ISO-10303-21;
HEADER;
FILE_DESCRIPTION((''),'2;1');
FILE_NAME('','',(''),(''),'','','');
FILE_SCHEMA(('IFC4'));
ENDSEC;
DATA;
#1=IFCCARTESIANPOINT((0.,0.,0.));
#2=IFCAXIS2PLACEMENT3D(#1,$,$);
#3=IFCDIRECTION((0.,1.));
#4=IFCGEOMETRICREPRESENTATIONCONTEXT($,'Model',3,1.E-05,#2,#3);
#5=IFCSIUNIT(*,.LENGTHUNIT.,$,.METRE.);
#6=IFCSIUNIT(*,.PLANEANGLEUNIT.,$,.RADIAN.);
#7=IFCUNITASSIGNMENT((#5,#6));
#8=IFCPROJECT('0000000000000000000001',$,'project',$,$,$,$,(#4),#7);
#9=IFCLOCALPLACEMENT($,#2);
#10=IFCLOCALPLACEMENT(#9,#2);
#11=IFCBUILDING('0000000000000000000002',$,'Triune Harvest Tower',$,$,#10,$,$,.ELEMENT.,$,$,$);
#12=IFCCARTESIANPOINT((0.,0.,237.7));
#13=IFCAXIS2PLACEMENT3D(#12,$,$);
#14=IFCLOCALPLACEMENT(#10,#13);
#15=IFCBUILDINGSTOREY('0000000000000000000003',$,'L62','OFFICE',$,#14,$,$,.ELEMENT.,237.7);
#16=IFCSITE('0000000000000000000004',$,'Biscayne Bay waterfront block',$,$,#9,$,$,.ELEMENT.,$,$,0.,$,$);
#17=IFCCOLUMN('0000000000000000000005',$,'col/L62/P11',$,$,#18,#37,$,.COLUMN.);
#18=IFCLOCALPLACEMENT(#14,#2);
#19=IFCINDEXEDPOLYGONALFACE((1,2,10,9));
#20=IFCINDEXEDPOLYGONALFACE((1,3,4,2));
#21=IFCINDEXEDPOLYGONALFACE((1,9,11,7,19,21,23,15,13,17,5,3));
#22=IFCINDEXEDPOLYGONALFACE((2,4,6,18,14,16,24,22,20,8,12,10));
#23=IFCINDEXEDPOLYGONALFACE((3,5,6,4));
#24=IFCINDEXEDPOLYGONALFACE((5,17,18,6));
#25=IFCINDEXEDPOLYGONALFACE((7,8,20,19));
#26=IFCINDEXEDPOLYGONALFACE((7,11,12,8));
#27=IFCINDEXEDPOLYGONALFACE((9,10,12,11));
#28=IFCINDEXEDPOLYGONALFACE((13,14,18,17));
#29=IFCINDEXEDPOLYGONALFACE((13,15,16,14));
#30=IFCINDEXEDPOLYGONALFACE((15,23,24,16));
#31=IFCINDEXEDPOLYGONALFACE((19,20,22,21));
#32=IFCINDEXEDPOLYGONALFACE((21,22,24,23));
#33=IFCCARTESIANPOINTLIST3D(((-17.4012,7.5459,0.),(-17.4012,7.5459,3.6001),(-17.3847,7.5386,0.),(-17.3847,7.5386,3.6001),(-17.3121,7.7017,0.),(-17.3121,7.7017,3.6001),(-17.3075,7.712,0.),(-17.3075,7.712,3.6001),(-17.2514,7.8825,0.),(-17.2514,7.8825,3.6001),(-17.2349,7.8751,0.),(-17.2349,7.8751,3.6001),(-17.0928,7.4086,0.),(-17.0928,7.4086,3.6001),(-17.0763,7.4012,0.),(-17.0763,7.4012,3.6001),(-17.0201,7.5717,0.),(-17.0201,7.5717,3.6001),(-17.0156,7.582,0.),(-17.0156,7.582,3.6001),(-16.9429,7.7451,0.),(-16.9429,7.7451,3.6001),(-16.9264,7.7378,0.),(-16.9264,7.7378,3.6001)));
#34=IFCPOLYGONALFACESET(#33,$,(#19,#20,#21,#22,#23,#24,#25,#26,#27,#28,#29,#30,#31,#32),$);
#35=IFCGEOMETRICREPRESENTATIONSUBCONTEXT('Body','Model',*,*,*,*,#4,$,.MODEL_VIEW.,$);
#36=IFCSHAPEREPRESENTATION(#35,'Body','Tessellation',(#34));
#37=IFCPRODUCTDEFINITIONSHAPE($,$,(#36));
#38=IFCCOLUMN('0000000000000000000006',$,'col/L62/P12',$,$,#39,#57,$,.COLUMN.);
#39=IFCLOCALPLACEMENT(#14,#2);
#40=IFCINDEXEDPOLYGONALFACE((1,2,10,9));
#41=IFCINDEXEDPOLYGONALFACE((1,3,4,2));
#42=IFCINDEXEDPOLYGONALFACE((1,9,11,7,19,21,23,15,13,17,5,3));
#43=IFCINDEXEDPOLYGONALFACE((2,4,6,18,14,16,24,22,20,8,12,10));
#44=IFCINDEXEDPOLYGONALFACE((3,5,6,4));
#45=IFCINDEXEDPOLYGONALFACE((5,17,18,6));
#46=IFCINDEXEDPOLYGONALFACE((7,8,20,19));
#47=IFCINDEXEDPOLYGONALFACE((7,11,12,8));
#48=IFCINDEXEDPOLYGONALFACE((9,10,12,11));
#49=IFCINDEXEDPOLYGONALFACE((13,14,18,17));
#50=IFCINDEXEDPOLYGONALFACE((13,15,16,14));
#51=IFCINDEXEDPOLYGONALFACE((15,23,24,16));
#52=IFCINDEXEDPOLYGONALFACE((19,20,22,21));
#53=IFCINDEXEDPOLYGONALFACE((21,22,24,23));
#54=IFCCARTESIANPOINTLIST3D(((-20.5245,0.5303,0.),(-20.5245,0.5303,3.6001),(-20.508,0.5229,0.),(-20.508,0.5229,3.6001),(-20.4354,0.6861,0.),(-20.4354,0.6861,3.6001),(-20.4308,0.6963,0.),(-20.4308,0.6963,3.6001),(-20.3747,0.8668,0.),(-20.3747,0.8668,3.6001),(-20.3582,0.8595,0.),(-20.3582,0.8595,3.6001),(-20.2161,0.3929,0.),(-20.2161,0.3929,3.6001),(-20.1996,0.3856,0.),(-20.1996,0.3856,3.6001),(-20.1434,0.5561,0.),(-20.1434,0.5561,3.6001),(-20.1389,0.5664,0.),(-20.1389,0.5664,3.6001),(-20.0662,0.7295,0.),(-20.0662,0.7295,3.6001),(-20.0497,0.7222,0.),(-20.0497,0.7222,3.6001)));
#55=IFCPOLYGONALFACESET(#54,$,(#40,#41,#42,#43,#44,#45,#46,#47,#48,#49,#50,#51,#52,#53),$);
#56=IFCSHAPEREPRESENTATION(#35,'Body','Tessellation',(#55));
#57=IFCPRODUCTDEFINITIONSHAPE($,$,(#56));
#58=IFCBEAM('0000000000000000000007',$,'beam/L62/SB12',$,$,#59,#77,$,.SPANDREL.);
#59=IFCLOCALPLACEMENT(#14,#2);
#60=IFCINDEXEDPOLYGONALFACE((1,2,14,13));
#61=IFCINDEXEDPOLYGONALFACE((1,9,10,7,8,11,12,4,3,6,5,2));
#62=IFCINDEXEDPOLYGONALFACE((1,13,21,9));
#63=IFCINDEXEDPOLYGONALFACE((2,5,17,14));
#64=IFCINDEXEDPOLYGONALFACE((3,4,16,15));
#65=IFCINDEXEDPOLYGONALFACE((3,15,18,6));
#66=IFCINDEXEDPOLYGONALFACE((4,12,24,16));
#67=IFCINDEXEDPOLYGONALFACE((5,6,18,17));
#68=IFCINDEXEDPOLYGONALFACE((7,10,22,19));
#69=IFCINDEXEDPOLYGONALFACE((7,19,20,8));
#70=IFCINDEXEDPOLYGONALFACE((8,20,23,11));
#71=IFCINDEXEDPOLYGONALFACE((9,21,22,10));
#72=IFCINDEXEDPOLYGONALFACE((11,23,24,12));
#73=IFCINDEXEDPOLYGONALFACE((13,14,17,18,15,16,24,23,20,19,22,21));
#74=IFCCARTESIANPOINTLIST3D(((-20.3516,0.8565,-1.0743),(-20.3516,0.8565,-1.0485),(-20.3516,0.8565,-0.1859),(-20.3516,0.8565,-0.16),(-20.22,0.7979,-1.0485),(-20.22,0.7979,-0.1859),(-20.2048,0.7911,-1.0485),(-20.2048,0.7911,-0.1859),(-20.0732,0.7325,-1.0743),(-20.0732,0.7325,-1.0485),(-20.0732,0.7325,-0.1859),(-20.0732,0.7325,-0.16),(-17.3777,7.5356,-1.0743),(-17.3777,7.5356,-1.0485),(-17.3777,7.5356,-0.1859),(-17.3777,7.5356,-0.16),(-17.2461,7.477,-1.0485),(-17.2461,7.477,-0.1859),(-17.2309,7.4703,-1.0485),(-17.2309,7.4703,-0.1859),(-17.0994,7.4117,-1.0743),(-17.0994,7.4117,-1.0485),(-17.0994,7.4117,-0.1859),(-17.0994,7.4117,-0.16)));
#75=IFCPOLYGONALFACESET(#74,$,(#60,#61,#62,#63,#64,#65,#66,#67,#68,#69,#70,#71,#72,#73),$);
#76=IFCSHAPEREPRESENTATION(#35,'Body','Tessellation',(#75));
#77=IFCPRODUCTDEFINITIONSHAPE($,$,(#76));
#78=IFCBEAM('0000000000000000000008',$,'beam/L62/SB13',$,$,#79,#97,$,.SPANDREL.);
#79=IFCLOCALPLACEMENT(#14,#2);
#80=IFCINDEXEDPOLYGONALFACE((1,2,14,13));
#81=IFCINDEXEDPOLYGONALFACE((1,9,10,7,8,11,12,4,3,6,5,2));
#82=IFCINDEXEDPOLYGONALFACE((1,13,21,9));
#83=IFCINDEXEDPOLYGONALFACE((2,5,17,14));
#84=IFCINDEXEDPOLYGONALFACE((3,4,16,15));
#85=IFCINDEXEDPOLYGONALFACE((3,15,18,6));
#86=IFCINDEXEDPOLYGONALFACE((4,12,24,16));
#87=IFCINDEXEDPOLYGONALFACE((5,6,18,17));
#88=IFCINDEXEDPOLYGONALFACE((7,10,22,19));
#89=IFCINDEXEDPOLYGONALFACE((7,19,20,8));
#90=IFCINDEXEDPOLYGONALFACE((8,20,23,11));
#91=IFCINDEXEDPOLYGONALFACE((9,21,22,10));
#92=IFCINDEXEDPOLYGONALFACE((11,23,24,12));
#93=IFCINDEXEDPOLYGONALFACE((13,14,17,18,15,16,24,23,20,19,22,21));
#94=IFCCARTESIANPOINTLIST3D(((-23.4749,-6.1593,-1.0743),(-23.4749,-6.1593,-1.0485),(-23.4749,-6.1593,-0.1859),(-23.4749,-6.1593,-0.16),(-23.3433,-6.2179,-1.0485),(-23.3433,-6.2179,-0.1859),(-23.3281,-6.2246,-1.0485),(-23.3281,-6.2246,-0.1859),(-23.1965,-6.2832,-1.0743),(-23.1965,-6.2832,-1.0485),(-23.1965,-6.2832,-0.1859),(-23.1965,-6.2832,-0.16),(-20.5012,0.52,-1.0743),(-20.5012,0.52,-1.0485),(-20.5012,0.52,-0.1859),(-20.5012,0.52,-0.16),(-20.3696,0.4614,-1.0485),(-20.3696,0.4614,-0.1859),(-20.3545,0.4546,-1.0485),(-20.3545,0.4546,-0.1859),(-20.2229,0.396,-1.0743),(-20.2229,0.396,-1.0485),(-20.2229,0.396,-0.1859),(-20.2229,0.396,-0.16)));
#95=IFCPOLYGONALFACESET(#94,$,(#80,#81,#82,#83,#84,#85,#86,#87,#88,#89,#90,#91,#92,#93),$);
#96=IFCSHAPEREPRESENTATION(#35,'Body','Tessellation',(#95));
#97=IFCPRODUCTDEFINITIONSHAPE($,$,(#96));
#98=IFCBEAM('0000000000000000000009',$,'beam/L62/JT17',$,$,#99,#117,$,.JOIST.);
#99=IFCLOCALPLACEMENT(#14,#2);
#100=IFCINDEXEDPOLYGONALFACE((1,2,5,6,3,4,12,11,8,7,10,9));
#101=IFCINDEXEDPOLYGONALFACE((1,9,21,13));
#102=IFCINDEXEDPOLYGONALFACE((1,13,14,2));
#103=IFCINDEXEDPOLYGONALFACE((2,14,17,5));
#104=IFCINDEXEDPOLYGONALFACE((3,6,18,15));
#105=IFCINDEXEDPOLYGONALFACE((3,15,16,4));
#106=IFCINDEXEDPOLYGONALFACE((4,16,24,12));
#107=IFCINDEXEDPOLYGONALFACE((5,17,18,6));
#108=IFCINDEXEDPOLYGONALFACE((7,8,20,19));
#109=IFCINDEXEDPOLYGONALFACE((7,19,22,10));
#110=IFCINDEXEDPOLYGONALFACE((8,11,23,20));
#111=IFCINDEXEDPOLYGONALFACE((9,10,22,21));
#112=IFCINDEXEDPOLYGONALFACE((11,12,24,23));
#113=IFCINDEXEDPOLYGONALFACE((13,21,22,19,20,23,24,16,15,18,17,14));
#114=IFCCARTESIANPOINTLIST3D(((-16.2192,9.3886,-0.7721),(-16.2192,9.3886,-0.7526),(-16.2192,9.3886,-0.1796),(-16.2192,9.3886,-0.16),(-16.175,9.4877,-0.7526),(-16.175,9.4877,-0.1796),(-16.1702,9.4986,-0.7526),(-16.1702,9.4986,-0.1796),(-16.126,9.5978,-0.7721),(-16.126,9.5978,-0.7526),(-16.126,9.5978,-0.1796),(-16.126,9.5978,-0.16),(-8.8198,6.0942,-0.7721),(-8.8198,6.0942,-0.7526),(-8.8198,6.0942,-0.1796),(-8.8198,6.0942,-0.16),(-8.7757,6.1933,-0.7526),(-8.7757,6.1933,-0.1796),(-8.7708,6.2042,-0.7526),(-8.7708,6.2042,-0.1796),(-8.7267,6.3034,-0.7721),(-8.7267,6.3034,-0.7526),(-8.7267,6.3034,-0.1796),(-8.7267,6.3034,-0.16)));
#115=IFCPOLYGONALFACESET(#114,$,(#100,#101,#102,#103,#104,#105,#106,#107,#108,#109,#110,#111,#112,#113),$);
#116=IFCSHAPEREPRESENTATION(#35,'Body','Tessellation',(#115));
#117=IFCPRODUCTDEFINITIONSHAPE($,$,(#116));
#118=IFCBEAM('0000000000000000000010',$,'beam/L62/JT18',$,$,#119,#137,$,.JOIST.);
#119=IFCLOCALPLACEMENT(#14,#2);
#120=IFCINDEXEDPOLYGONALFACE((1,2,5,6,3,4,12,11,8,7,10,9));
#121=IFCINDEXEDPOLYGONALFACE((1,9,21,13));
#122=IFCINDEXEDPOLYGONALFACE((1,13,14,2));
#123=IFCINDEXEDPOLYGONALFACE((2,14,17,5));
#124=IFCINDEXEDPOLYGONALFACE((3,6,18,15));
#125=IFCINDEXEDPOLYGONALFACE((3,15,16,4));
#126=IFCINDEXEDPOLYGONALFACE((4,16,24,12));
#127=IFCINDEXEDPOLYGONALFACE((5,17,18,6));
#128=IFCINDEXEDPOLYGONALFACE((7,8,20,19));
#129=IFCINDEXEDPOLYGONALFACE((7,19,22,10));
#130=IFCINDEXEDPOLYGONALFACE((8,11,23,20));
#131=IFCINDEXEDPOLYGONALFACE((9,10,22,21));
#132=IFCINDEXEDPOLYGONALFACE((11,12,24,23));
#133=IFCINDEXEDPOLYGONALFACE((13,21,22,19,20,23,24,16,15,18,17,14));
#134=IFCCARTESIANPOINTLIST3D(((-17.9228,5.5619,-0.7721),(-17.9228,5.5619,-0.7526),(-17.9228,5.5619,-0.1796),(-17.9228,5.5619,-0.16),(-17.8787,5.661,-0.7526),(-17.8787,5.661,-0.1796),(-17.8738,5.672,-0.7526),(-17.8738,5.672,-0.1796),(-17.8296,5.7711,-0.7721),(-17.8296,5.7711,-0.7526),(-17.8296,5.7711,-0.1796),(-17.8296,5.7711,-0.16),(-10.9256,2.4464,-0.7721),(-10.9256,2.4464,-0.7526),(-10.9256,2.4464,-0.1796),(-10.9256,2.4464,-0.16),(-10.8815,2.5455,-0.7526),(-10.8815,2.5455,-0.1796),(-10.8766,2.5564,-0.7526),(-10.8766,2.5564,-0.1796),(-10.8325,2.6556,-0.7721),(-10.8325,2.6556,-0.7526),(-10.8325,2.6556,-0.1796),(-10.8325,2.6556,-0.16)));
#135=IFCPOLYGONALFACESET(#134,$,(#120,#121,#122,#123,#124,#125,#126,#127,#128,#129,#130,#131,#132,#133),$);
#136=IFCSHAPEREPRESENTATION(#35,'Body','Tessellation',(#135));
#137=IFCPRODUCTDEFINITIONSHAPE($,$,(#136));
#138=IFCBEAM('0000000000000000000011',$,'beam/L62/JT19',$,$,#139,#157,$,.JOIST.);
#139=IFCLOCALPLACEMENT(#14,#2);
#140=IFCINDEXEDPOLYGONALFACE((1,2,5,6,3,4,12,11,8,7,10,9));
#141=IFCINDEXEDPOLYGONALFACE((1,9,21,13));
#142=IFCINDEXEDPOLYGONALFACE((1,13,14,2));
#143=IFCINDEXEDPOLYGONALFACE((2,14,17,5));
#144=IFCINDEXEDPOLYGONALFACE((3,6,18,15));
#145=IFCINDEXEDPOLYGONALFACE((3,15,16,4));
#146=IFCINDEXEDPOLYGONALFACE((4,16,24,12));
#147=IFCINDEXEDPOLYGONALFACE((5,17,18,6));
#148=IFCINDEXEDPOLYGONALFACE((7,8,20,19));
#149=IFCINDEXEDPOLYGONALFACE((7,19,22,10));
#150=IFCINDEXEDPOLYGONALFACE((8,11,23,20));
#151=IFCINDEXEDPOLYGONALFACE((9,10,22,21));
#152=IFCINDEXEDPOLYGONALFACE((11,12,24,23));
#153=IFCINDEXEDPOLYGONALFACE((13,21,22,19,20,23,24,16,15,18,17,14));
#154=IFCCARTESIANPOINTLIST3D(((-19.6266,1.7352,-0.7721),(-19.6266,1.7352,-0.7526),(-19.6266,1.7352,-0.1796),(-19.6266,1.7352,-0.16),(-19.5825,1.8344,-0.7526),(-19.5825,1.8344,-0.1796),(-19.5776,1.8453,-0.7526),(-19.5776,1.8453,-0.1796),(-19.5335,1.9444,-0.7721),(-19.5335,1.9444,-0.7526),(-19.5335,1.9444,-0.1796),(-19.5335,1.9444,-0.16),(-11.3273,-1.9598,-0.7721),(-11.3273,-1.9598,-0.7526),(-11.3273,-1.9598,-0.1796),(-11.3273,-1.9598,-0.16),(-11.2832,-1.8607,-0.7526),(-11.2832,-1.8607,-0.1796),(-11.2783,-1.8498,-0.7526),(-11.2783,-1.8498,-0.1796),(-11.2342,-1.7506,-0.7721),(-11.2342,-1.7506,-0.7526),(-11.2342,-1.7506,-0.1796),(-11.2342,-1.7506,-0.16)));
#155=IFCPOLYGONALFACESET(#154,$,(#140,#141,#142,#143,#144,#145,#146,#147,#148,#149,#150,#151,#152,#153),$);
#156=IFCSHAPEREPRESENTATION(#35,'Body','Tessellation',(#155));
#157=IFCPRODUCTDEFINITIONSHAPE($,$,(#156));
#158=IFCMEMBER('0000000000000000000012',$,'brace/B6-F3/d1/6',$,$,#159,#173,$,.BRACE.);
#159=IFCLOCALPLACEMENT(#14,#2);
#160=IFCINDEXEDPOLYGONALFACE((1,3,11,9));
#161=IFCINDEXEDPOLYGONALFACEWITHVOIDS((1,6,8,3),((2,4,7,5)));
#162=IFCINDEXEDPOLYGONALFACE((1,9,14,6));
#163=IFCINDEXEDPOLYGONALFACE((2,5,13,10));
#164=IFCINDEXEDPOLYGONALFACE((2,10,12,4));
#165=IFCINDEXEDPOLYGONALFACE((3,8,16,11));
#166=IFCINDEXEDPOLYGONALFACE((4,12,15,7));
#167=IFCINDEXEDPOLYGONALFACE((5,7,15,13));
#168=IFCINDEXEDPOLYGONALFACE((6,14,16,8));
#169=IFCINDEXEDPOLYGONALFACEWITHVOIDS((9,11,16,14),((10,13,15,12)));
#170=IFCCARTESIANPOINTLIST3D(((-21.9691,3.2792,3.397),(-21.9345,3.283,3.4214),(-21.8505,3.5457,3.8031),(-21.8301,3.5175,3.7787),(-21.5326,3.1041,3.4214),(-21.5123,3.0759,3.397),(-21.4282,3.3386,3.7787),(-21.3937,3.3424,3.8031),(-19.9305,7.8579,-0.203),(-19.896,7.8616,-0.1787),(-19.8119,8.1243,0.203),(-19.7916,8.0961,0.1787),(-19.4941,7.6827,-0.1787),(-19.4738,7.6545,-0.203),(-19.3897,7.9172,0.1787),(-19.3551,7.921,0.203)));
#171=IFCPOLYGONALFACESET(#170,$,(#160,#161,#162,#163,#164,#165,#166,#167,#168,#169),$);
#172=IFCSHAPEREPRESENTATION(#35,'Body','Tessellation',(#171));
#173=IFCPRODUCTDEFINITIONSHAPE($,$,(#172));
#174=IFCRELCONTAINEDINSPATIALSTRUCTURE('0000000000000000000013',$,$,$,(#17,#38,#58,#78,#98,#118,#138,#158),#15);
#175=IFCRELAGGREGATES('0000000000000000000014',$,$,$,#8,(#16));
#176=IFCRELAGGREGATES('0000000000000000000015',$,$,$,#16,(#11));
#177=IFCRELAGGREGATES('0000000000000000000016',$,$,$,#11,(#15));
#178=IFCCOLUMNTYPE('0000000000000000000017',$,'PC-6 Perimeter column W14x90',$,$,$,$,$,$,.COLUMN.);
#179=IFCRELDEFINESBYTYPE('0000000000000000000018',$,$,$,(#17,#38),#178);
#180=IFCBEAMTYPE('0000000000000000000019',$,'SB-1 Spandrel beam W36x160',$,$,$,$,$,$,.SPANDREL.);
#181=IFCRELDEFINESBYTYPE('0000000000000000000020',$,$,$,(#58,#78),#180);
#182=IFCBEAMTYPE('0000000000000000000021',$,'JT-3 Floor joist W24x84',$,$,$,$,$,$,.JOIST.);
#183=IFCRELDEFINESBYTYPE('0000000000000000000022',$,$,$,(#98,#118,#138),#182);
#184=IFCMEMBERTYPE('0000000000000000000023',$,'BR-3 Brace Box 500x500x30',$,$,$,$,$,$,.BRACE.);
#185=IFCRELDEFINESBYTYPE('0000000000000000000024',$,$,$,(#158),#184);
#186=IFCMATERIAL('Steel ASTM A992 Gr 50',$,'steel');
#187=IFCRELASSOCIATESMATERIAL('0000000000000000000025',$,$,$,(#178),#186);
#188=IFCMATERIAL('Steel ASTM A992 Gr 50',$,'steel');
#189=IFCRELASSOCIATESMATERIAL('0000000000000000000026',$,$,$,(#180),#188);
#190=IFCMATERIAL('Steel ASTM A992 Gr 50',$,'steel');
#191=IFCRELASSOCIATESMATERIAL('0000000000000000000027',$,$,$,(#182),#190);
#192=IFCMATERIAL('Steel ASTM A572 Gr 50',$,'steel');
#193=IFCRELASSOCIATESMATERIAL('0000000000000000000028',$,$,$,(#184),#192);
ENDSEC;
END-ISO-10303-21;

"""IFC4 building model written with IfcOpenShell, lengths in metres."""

from ifc_helpers import new_model, si_unit, direction, frame, origin, origin_2d, place, context, subcontext, project, spatial, hollow_rectangle, i_section, extrude, source, transform, mapped, material, material_profile, profile_set, type_object, element, save


model = new_model("IFC4")

# Units and contexts
model_context = context("Model", 3, precision=1e-05, world=origin(), true_north=direction((0.0, 1.0)))
body_context = subcontext(model_context, "Body", "Model", "MODEL_VIEW")
ifc_project = project(units=[si_unit("LENGTHUNIT", "METRE"), si_unit("PLANEANGLEUNIT", "RADIAN")], contexts=[model_context])

# Site, building, storey
site_placement = place(None, origin())
site = spatial("IfcSite", under=ifc_project, at=site_placement, Name="Biscayne Bay waterfront block", CompositionType="ELEMENT", RefElevation=0.0)
building_placement = place(site_placement, origin())
building = spatial("IfcBuilding", under=site, at=building_placement, Name="Triune Harvest Tower", CompositionType="ELEMENT")
storey_placement = place(building_placement, frame((0.0, 0.0, 237.7)))
storey = spatial("IfcBuildingStorey", under=building, at=storey_placement, Name="L62", Description="OFFICE", CompositionType="ELEMENT", Elevation=237.7)

# Columns
ifc_material_1 = material(Name="Steel ASTM A992 Gr 50", Category="steel")
ifc_material_profile_1 = material_profile(ifc_material_1, i_section(OverallWidth=0.3684, OverallDepth=0.3557, WebThickness=0.0112, FlangeThickness=0.0181, at=origin_2d()), Name="W14x90")
ifc_profile_set_1 = profile_set([ifc_material_profile_1], Name="Steel ASTM A992 Gr 50")
column_type = type_object("IfcColumnType", Name="PC-6 Perimeter column W14x90", PredefinedType="COLUMN", material=ifc_profile_set_1)
shared_shape_1 = source(origin(), body_context, "Body", "SweptSolid", [
    extrude(i_section(OverallWidth=0.3684, OverallDepth=0.3557, WebThickness=0.0112, FlangeThickness=0.0181, at=origin_2d()), origin(), (0.0, 0.0, 1.0), 3.6001),
])
for number, where, z_axis, x_axis, name in (
    (1, (-17.1638, 7.6418, 0.0), (0.0, 0.0, 1.0), (-0.406738, -0.913545, 0.0), "col/L62/P11"),
    (2, (-20.2871, 0.6262, 0.0), (0.0, 0.0, 1.0), (-0.406738, -0.913545, 0.0), "col/L62/P12"),
):
    element("IfcColumn", number, at=place(storey_placement, frame(where, z_axis=z_axis, x_axis=x_axis)), inside=storey, type_object=column_type, Name=name, PredefinedType="COLUMN", context=body_context, shape_type="MappedRepresentation", body=[
        mapped(shared_shape_1, transform((0.0, 0.0, 0.0), scale=1.0)),
    ])

# Beams
ifc_material_2 = material(Name="Steel ASTM A992 Gr 50", Category="steel")
ifc_material_profile_2 = material_profile(ifc_material_2, i_section(OverallWidth=0.3047, OverallDepth=0.9143, WebThickness=0.0166, FlangeThickness=0.0259, at=origin_2d()), Name="W36x160")
ifc_profile_set_2 = profile_set([ifc_material_profile_2], Name="Steel ASTM A992 Gr 50")
beam_type_1 = type_object("IfcBeamType", Name="SB-1 Spandrel beam W36x160", PredefinedType="SPANDREL", material=ifc_profile_set_2)
shared_shape_2 = source(origin(), body_context, "Body", "SweptSolid", [
    extrude(i_section(OverallWidth=0.3047, OverallDepth=0.9143, WebThickness=0.0166, FlangeThickness=0.0259, at=origin_2d()), origin(), (0.0, 0.0, 1.0), 7.3113),
])
for number, where, z_axis, x_axis, name in (
    (3, (-17.2385, 7.4736, -0.6172), (-0.406749, -0.91354, 0.0), (0.91354, -0.406749, 0.0), "beam/L62/SB12"),
    (4, (-20.3621, 0.458, -0.6172), (-0.406721, -0.913552, 0.0), (0.913552, -0.406721, 0.0), "beam/L62/SB13"),
):
    element("IfcBeam", number, at=place(storey_placement, frame(where, z_axis=z_axis, x_axis=x_axis)), inside=storey, type_object=beam_type_1, Name=name, PredefinedType="SPANDREL", context=body_context, shape_type="MappedRepresentation", body=[
        mapped(shared_shape_2, transform((0.0, 0.0, 0.0), scale=1.0)),
    ])
ifc_material_3 = material(Name="Steel ASTM A992 Gr 50", Category="steel")
ifc_material_profile_3 = material_profile(ifc_material_3, i_section(OverallWidth=0.229, OverallDepth=0.6121, WebThickness=0.012, FlangeThickness=0.0195, at=origin_2d()), Name="W24x84")
ifc_profile_set_3 = profile_set([ifc_material_profile_3], Name="Steel ASTM A992 Gr 50")
beam_type_2 = type_object("IfcBeamType", Name="JT-3 Floor joist W24x84", PredefinedType="JOIST", material=ifc_profile_set_3)
shared_shape_3 = source(origin(), body_context, "Body", "SweptSolid", [
    extrude(i_section(OverallWidth=0.229, OverallDepth=0.6121, WebThickness=0.012, FlangeThickness=0.0195, at=origin_2d()), origin(), (0.0, 0.0, 1.0), 8.0996),
])
beam_1_placement = place(storey_placement, frame((-16.1726, 9.4932, -0.4661), z_axis=(0.913545, -0.406737, 0.0), x_axis=(0.406737, 0.913545, 0.0)))
element("IfcBeam", 5, at=beam_1_placement, inside=storey, type_object=beam_type_2, Name="beam/L62/JT17", PredefinedType="JOIST", context=body_context, shape_type="MappedRepresentation", body=[
    mapped(shared_shape_3, transform((0.0, 0.0, 0.0), scale=1.0)),
])
shared_shape_4 = source(origin(), body_context, "Body", "SweptSolid", [
    extrude(i_section(OverallWidth=0.229, OverallDepth=0.6121, WebThickness=0.012, FlangeThickness=0.0195, at=origin_2d()), origin(), (0.0, 0.0, 1.0), 7.6594),
])
beam_2_placement = place(storey_placement, frame((-17.8762, 5.6665, -0.4661), z_axis=(0.913537, -0.406756, 0.0), x_axis=(0.406756, 0.913537, 0.0)))
element("IfcBeam", 6, at=beam_2_placement, inside=storey, type_object=beam_type_2, Name="beam/L62/JT18", PredefinedType="JOIST", context=body_context, shape_type="MappedRepresentation", body=[
    mapped(shared_shape_4, transform((0.0, 0.0, 0.0), scale=1.0)),
])
shared_shape_5 = source(origin(), body_context, "Body", "SweptSolid", [
    extrude(i_section(OverallWidth=0.229, OverallDepth=0.6121, WebThickness=0.012, FlangeThickness=0.0195, at=origin_2d()), origin(), (0.0, 0.0, 1.0), 9.0847),
])
beam_3_placement = place(storey_placement, frame((-19.5801, 1.8398, -0.4661), z_axis=(0.913546, -0.406734, 0.0), x_axis=(0.406734, 0.913546, 0.0)))
element("IfcBeam", 7, at=beam_3_placement, inside=storey, type_object=beam_type_2, Name="beam/L62/JT19", PredefinedType="JOIST", context=body_context, shape_type="MappedRepresentation", body=[
    mapped(shared_shape_5, transform((0.0, 0.0, 0.0), scale=1.0)),
])

# Member
ifc_material_4 = material(Name="Steel ASTM A572 Gr 50", Category="steel")
ifc_material_profile_4 = material_profile(ifc_material_4, hollow_rectangle(XDim=0.5, YDim=0.5, WallThickness=0.03, at=origin_2d()), Name="Box 500x500x30")
ifc_profile_set_4 = profile_set([ifc_material_profile_4], Name="Steel ASTM A572 Gr 50")
member_type_1 = type_object("IfcMemberType", Name="BR-3 Brace Box 500x500x30", PredefinedType="BRACE", material=ifc_profile_set_4)
shared_shape_6 = source(origin(), body_context, "Body", "SweptSolid", [
    extrude(hollow_rectangle(XDim=0.5, YDim=0.5, WallThickness=0.03, at=origin_2d()), origin(), (0.0, 0.0, 1.0), 6.1709),
])
for number, where, z_axis, x_axis, name in (
    (8, (-19.6428, 7.8894, 0.0), (-0.330352, -0.741967, 0.583398), (0.913542, -0.406744, 0.0), "brace/B6-F3/d1/6"),
):
    element("IfcMember", number, at=place(storey_placement, frame(where, z_axis=z_axis, x_axis=x_axis)), inside=storey, type_object=member_type_1, Name=name, PredefinedType="BRACE", context=body_context, shape_type="MappedRepresentation", body=[
        mapped(shared_shape_6, transform((0.0, 0.0, 0.0), scale=1.0)),
    ])

save(model, "model.ifc")
